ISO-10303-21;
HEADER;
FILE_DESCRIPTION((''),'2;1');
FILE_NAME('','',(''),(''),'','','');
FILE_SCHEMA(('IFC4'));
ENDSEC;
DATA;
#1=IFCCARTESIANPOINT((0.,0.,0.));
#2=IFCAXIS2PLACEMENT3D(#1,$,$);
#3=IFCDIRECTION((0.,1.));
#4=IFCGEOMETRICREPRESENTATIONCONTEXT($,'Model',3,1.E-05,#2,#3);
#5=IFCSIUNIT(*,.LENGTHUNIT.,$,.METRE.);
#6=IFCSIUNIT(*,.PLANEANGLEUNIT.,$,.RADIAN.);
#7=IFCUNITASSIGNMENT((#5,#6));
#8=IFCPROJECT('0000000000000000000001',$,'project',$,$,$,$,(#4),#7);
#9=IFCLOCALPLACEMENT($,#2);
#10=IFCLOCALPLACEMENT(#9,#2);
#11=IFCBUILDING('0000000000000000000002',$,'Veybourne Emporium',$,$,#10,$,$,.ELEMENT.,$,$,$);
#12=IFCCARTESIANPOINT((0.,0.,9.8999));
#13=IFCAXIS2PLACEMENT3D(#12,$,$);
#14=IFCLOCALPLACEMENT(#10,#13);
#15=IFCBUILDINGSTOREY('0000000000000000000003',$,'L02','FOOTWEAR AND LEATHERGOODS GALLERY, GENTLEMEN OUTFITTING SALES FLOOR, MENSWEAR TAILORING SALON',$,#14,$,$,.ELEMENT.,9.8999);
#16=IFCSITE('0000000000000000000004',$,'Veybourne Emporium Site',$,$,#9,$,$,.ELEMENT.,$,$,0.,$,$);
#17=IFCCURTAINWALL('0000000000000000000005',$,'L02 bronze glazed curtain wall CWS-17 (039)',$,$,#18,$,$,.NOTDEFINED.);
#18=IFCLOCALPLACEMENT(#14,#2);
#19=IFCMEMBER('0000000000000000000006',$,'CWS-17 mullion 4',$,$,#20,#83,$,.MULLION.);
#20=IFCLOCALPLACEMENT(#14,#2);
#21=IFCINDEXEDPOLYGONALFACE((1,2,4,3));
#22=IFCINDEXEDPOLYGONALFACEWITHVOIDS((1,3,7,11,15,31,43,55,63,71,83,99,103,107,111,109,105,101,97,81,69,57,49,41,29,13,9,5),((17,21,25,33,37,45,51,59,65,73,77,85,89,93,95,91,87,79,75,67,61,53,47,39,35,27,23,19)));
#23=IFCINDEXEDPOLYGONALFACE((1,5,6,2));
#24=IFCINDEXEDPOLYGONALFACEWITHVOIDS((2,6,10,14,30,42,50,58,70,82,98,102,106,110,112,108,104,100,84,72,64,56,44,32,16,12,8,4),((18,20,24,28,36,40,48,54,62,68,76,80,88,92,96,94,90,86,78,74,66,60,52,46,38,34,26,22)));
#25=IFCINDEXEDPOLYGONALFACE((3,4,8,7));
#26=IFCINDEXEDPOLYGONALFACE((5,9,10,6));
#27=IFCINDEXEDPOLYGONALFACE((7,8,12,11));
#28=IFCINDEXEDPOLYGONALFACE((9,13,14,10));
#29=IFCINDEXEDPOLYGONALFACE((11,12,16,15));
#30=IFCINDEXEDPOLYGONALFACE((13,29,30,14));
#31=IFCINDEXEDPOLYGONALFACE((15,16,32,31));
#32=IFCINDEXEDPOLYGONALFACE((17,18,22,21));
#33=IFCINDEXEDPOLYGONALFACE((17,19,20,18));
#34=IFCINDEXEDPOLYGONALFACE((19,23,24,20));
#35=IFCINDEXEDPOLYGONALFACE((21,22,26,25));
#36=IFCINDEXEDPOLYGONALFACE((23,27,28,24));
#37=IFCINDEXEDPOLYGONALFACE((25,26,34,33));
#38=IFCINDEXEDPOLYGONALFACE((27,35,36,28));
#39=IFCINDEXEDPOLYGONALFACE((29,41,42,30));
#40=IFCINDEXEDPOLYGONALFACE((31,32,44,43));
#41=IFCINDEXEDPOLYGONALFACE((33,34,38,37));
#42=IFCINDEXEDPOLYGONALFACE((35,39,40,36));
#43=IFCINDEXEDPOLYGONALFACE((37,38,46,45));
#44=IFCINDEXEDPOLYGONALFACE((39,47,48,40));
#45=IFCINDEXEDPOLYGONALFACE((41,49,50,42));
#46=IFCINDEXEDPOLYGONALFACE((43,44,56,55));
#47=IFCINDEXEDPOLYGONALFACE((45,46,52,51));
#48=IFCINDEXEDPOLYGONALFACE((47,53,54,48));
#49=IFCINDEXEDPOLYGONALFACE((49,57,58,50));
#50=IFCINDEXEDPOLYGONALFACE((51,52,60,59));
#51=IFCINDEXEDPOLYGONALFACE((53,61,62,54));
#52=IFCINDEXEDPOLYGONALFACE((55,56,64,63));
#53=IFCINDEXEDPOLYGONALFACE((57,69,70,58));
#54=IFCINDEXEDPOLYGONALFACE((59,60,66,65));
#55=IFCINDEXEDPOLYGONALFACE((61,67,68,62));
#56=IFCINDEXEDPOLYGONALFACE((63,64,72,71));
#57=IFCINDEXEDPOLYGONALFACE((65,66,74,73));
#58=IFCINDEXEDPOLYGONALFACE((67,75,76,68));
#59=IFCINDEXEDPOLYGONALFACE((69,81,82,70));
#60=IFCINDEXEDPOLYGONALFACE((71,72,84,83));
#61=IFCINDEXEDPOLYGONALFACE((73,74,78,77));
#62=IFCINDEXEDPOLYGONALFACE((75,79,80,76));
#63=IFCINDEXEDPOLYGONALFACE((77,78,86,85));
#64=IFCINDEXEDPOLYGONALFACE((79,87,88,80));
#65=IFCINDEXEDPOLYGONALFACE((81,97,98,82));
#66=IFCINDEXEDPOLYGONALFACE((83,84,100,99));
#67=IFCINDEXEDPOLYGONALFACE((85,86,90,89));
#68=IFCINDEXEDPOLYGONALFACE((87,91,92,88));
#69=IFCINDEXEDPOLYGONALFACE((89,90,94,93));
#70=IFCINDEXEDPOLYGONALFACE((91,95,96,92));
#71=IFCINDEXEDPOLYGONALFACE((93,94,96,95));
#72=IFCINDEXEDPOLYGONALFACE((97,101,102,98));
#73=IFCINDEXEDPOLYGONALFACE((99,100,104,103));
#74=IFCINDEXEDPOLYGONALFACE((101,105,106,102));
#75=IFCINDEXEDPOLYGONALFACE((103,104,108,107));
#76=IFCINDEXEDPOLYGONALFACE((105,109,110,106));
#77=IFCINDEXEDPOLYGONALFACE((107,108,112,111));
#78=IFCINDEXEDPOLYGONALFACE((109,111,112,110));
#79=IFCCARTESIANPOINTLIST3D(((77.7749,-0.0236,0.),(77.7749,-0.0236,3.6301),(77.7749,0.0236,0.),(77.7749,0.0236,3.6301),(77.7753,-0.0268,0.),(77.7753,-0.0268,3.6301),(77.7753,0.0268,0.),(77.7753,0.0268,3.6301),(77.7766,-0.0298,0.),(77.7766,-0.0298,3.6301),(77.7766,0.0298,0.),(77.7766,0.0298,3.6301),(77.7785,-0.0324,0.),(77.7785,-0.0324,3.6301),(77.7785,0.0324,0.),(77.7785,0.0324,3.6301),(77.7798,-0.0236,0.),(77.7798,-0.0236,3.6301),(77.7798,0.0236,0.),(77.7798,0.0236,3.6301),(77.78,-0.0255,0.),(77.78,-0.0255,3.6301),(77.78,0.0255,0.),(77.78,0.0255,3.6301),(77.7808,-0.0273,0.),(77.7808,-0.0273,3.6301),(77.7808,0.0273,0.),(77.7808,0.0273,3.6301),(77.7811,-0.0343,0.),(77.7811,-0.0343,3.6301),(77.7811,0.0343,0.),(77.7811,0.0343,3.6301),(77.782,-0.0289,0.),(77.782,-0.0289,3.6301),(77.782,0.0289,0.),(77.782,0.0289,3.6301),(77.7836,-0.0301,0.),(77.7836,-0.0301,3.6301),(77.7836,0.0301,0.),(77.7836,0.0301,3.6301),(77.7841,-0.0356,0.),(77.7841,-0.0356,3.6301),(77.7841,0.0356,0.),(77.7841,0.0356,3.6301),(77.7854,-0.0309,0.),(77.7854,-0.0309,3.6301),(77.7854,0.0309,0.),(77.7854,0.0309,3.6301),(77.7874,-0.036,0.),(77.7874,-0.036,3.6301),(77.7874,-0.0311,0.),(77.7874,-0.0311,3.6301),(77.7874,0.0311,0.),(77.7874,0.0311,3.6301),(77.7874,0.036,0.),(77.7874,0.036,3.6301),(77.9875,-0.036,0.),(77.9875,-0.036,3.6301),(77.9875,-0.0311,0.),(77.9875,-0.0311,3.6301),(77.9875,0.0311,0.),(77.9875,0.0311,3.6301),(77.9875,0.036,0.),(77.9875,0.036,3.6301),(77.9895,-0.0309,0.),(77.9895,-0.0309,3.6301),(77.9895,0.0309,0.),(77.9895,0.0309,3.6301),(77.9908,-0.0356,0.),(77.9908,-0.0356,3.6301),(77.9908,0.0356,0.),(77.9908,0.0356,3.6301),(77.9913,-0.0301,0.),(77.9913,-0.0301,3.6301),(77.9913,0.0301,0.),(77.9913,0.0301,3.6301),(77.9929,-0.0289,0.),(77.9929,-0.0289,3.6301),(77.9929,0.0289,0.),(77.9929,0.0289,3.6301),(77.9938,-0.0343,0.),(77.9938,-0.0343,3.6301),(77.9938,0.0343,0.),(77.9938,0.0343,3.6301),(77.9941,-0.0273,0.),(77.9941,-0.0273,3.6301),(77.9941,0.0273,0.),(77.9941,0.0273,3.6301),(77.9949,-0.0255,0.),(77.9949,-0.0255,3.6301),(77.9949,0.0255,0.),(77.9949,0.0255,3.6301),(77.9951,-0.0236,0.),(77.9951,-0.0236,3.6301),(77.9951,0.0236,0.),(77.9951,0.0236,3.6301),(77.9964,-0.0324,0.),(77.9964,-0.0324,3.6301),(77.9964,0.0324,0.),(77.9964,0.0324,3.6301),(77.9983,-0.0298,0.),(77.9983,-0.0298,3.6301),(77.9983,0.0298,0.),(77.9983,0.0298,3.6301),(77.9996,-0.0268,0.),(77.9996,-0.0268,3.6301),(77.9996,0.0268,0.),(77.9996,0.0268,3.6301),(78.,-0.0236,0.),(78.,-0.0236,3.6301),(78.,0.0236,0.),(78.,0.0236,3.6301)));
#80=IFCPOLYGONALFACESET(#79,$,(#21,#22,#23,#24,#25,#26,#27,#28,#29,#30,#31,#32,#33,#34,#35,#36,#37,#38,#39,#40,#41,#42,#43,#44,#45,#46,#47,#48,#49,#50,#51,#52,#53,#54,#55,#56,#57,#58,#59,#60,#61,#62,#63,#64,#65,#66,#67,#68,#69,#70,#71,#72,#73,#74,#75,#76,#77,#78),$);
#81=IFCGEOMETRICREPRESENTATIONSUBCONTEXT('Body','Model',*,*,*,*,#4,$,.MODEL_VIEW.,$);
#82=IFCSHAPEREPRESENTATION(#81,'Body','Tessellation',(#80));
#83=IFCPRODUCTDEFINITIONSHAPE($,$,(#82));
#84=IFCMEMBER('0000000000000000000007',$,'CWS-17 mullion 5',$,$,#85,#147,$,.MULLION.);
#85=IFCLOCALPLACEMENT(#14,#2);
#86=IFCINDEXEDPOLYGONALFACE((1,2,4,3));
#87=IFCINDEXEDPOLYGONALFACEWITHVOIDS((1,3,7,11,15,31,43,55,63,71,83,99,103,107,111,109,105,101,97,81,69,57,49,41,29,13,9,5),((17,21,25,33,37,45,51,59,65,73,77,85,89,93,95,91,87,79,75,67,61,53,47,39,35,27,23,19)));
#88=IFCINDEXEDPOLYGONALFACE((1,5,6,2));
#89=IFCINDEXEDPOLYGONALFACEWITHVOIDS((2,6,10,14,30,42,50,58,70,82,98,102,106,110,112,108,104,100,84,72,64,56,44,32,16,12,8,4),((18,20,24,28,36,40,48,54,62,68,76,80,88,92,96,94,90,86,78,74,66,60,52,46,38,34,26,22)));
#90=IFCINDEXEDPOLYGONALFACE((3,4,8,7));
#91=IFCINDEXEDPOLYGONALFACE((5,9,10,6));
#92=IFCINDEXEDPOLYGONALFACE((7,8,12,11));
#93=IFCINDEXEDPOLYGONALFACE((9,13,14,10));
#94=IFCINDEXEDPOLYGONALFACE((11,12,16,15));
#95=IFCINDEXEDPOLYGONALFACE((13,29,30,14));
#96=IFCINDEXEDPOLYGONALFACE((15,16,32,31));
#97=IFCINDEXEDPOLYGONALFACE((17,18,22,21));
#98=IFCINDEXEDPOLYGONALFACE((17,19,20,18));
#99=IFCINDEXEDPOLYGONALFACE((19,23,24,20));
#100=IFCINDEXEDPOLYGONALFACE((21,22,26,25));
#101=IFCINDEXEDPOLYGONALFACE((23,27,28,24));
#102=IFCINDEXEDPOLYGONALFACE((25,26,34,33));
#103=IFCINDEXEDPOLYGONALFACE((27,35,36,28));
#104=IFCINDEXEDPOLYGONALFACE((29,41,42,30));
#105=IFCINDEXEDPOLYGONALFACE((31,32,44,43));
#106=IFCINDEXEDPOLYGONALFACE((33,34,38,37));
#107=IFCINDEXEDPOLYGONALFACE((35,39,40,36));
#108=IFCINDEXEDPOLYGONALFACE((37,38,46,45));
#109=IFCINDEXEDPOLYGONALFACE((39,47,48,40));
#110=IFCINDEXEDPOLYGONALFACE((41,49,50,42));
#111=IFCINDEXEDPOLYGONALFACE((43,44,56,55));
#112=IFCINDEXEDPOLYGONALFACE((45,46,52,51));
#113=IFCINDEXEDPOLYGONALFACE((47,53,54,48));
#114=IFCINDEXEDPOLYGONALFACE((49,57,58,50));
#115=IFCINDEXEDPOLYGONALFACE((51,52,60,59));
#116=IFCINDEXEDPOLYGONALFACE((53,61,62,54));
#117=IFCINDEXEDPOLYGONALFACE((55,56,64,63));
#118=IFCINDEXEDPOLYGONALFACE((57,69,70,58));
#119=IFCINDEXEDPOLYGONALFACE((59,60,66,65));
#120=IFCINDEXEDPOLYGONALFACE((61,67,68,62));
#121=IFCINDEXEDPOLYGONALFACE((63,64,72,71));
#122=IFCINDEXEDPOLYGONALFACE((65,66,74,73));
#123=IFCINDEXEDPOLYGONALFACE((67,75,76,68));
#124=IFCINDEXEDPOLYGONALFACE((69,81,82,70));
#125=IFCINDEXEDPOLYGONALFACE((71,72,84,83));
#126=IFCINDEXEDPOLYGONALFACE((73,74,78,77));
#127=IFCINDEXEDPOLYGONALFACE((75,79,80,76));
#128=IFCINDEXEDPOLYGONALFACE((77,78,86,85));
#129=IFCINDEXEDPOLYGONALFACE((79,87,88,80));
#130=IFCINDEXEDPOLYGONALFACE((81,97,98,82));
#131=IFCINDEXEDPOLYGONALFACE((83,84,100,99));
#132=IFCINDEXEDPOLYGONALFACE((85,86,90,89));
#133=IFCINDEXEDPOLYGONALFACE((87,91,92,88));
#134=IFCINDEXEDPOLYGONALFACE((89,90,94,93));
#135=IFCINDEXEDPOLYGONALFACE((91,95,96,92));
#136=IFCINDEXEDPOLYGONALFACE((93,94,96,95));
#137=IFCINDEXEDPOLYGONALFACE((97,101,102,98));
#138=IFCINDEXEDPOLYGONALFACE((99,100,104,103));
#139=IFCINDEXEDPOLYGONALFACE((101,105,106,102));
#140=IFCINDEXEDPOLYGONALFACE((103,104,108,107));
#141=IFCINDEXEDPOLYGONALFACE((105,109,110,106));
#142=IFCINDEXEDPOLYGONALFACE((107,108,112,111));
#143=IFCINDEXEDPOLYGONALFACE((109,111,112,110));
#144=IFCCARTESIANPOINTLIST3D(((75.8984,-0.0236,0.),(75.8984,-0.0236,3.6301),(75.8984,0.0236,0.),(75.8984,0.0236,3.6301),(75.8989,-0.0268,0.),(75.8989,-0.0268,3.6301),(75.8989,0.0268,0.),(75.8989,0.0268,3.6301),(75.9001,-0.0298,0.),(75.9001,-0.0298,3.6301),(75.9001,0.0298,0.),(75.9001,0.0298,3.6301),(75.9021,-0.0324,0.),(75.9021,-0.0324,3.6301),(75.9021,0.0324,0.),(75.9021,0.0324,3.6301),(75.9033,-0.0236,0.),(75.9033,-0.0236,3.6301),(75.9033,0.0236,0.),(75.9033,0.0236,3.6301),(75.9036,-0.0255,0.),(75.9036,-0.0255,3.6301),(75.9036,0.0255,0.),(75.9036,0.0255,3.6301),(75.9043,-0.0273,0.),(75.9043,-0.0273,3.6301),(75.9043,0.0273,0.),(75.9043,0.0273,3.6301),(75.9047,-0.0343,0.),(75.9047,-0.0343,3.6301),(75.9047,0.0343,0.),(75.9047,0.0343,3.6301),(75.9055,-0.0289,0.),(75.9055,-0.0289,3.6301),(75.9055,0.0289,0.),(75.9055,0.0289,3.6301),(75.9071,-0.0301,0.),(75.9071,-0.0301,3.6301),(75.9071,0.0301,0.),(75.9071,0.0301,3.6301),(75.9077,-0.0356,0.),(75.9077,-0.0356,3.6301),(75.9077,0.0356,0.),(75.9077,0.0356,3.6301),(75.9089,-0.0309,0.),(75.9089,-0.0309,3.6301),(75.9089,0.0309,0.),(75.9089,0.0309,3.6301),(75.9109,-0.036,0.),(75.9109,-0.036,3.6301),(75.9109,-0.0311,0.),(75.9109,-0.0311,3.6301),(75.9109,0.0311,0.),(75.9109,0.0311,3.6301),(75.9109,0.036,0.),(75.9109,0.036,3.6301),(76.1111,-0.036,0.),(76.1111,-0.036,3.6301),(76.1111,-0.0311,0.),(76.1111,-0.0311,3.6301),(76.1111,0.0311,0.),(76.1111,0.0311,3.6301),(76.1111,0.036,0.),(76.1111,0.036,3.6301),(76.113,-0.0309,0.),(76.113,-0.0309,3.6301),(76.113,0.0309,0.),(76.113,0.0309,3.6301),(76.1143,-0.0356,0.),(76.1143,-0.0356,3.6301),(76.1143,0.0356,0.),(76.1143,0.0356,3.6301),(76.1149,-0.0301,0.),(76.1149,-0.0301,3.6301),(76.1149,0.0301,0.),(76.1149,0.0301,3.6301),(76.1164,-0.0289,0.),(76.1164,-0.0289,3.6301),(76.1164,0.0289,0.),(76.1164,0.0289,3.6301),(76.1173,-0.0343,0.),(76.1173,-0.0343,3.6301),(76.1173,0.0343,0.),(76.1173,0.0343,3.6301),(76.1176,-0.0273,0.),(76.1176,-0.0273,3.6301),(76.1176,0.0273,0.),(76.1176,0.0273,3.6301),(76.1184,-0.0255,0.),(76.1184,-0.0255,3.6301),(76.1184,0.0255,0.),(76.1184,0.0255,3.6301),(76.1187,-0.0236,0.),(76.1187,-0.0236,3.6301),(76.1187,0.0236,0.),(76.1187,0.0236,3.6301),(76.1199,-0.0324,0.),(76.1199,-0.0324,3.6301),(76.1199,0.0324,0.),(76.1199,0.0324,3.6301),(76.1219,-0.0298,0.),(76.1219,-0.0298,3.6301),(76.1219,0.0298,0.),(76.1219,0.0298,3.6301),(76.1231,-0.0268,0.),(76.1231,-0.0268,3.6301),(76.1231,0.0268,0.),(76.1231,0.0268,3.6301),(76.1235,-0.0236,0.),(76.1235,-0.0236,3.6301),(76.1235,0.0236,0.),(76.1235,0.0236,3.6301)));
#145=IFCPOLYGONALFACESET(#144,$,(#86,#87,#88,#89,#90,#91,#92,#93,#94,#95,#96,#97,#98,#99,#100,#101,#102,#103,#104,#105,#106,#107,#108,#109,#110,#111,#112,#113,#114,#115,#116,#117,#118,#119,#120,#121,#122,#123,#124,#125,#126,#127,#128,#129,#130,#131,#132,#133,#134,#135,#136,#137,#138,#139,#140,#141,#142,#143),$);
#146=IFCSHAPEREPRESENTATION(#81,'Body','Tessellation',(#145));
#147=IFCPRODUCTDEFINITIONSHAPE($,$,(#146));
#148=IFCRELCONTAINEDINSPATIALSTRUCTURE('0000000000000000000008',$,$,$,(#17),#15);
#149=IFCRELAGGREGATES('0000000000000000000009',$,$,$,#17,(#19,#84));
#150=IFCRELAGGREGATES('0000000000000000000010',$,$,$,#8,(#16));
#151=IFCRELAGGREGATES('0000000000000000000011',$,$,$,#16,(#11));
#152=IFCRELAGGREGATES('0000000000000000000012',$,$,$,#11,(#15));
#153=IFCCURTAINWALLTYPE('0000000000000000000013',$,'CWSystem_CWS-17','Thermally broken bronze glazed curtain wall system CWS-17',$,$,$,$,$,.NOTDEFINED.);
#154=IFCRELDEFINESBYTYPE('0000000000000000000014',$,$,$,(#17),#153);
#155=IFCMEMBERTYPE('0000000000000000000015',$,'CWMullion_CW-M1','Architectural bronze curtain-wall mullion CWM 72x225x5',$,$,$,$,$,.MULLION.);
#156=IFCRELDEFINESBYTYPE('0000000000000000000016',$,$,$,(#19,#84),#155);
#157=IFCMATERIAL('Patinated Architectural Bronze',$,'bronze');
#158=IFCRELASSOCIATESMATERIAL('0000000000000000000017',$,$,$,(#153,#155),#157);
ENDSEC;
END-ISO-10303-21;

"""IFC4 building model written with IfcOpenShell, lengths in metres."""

from ifc_helpers import new_model, si_unit, direction, frame, origin, origin_2d, place, context, subcontext, project, spatial, hollow_rectangle, extrude, material, material_profile, profile_set, type_object, element, aggregate, save


model = new_model("IFC4")

# Units and contexts
model_context = context("Model", 3, precision=1e-05, world=origin(), true_north=direction((0.0, 1.0)))
body_context = subcontext(model_context, "Body", "Model", "MODEL_VIEW")
ifc_project = project(units=[si_unit("LENGTHUNIT", "METRE"), si_unit("PLANEANGLEUNIT", "RADIAN")], contexts=[model_context])

# Site, building, storey
site_placement = place(None, origin())
site = spatial("IfcSite", under=ifc_project, at=site_placement, Name="Veybourne Emporium Site", CompositionType="ELEMENT", RefElevation=0.0)
building_placement = place(site_placement, origin())
building = spatial("IfcBuilding", under=site, at=building_placement, Name="Veybourne Emporium", CompositionType="ELEMENT")
storey_placement = place(building_placement, frame((0.0, 0.0, 9.8999)))
storey = spatial("IfcBuildingStorey", under=building, at=storey_placement, Name="L02", Description="FOOTWEAR AND LEATHERGOODS GALLERY, GENTLEMEN OUTFITTING SALES FLOOR, MENSWEAR TAILORING SALON", CompositionType="ELEMENT", Elevation=9.8999)

# Curtain wall, members
ifc_material_1 = material(Name="Patinated Architectural Bronze", Category="bronze")
curtain_wall_type = type_object("IfcCurtainWallType", Name="CWSystem_CWS-17", Description="Thermally broken bronze glazed curtain wall system CWS-17", PredefinedType="NOTDEFINED", material=ifc_material_1)
curtain_wall_placement = place(storey_placement, origin())
curtain_wall = element("IfcCurtainWall", 1, at=curtain_wall_placement, inside=storey, type_object=curtain_wall_type, Name="L02 bronze glazed curtain wall CWS-17 (039)", PredefinedType="NOTDEFINED")
ifc_material_profile_1 = material_profile(ifc_material_1, hollow_rectangle(XDim=0.072, YDim=0.2251, WallThickness=0.0049, InnerFilletRadius=0.0076, OuterFilletRadius=0.0125, at=origin_2d()), Name="CWM 72x225x5")
ifc_profile_set_1 = profile_set([ifc_material_profile_1], Name="Patinated Architectural Bronze")
member_type_1 = type_object("IfcMemberType", Name="CWMullion_CW-M1", Description="Architectural bronze curtain-wall mullion CWM 72x225x5", PredefinedType="MULLION", material=ifc_profile_set_1)
member_1_placement = place(storey_placement, frame((77.8875, 0.0, 0.0), z_axis=(0.0, 0.0, 1.0), x_axis=(0.0, -1.0, 0.0)))
member_1 = element("IfcMember", 2, at=member_1_placement, type_object=member_type_1, Name="CWS-17 mullion 4", PredefinedType="MULLION", context=body_context, shape_type="SweptSolid", body=[
    extrude(hollow_rectangle(XDim=0.072, YDim=0.2251, WallThickness=0.0049, InnerFilletRadius=0.0076, OuterFilletRadius=0.0125, at=origin_2d()), origin(), (0.0, 0.0, 1.0), 3.6301),
])
member_2_placement = place(storey_placement, frame((76.011, 0.0, 0.0), z_axis=(0.0, 0.0, 1.0), x_axis=(0.0, -1.0, 0.0)))
member_2 = element("IfcMember", 3, at=member_2_placement, type_object=member_type_1, Name="CWS-17 mullion 5", PredefinedType="MULLION", context=body_context, shape_type="SweptSolid", body=[
    extrude(hollow_rectangle(XDim=0.072, YDim=0.2251, WallThickness=0.0049, InnerFilletRadius=0.0076, OuterFilletRadius=0.0125, at=origin_2d()), origin(), (0.0, 0.0, 1.0), 3.6301),
])

aggregate(curtain_wall, [member_1, member_2])

save(model, "model.ifc")
